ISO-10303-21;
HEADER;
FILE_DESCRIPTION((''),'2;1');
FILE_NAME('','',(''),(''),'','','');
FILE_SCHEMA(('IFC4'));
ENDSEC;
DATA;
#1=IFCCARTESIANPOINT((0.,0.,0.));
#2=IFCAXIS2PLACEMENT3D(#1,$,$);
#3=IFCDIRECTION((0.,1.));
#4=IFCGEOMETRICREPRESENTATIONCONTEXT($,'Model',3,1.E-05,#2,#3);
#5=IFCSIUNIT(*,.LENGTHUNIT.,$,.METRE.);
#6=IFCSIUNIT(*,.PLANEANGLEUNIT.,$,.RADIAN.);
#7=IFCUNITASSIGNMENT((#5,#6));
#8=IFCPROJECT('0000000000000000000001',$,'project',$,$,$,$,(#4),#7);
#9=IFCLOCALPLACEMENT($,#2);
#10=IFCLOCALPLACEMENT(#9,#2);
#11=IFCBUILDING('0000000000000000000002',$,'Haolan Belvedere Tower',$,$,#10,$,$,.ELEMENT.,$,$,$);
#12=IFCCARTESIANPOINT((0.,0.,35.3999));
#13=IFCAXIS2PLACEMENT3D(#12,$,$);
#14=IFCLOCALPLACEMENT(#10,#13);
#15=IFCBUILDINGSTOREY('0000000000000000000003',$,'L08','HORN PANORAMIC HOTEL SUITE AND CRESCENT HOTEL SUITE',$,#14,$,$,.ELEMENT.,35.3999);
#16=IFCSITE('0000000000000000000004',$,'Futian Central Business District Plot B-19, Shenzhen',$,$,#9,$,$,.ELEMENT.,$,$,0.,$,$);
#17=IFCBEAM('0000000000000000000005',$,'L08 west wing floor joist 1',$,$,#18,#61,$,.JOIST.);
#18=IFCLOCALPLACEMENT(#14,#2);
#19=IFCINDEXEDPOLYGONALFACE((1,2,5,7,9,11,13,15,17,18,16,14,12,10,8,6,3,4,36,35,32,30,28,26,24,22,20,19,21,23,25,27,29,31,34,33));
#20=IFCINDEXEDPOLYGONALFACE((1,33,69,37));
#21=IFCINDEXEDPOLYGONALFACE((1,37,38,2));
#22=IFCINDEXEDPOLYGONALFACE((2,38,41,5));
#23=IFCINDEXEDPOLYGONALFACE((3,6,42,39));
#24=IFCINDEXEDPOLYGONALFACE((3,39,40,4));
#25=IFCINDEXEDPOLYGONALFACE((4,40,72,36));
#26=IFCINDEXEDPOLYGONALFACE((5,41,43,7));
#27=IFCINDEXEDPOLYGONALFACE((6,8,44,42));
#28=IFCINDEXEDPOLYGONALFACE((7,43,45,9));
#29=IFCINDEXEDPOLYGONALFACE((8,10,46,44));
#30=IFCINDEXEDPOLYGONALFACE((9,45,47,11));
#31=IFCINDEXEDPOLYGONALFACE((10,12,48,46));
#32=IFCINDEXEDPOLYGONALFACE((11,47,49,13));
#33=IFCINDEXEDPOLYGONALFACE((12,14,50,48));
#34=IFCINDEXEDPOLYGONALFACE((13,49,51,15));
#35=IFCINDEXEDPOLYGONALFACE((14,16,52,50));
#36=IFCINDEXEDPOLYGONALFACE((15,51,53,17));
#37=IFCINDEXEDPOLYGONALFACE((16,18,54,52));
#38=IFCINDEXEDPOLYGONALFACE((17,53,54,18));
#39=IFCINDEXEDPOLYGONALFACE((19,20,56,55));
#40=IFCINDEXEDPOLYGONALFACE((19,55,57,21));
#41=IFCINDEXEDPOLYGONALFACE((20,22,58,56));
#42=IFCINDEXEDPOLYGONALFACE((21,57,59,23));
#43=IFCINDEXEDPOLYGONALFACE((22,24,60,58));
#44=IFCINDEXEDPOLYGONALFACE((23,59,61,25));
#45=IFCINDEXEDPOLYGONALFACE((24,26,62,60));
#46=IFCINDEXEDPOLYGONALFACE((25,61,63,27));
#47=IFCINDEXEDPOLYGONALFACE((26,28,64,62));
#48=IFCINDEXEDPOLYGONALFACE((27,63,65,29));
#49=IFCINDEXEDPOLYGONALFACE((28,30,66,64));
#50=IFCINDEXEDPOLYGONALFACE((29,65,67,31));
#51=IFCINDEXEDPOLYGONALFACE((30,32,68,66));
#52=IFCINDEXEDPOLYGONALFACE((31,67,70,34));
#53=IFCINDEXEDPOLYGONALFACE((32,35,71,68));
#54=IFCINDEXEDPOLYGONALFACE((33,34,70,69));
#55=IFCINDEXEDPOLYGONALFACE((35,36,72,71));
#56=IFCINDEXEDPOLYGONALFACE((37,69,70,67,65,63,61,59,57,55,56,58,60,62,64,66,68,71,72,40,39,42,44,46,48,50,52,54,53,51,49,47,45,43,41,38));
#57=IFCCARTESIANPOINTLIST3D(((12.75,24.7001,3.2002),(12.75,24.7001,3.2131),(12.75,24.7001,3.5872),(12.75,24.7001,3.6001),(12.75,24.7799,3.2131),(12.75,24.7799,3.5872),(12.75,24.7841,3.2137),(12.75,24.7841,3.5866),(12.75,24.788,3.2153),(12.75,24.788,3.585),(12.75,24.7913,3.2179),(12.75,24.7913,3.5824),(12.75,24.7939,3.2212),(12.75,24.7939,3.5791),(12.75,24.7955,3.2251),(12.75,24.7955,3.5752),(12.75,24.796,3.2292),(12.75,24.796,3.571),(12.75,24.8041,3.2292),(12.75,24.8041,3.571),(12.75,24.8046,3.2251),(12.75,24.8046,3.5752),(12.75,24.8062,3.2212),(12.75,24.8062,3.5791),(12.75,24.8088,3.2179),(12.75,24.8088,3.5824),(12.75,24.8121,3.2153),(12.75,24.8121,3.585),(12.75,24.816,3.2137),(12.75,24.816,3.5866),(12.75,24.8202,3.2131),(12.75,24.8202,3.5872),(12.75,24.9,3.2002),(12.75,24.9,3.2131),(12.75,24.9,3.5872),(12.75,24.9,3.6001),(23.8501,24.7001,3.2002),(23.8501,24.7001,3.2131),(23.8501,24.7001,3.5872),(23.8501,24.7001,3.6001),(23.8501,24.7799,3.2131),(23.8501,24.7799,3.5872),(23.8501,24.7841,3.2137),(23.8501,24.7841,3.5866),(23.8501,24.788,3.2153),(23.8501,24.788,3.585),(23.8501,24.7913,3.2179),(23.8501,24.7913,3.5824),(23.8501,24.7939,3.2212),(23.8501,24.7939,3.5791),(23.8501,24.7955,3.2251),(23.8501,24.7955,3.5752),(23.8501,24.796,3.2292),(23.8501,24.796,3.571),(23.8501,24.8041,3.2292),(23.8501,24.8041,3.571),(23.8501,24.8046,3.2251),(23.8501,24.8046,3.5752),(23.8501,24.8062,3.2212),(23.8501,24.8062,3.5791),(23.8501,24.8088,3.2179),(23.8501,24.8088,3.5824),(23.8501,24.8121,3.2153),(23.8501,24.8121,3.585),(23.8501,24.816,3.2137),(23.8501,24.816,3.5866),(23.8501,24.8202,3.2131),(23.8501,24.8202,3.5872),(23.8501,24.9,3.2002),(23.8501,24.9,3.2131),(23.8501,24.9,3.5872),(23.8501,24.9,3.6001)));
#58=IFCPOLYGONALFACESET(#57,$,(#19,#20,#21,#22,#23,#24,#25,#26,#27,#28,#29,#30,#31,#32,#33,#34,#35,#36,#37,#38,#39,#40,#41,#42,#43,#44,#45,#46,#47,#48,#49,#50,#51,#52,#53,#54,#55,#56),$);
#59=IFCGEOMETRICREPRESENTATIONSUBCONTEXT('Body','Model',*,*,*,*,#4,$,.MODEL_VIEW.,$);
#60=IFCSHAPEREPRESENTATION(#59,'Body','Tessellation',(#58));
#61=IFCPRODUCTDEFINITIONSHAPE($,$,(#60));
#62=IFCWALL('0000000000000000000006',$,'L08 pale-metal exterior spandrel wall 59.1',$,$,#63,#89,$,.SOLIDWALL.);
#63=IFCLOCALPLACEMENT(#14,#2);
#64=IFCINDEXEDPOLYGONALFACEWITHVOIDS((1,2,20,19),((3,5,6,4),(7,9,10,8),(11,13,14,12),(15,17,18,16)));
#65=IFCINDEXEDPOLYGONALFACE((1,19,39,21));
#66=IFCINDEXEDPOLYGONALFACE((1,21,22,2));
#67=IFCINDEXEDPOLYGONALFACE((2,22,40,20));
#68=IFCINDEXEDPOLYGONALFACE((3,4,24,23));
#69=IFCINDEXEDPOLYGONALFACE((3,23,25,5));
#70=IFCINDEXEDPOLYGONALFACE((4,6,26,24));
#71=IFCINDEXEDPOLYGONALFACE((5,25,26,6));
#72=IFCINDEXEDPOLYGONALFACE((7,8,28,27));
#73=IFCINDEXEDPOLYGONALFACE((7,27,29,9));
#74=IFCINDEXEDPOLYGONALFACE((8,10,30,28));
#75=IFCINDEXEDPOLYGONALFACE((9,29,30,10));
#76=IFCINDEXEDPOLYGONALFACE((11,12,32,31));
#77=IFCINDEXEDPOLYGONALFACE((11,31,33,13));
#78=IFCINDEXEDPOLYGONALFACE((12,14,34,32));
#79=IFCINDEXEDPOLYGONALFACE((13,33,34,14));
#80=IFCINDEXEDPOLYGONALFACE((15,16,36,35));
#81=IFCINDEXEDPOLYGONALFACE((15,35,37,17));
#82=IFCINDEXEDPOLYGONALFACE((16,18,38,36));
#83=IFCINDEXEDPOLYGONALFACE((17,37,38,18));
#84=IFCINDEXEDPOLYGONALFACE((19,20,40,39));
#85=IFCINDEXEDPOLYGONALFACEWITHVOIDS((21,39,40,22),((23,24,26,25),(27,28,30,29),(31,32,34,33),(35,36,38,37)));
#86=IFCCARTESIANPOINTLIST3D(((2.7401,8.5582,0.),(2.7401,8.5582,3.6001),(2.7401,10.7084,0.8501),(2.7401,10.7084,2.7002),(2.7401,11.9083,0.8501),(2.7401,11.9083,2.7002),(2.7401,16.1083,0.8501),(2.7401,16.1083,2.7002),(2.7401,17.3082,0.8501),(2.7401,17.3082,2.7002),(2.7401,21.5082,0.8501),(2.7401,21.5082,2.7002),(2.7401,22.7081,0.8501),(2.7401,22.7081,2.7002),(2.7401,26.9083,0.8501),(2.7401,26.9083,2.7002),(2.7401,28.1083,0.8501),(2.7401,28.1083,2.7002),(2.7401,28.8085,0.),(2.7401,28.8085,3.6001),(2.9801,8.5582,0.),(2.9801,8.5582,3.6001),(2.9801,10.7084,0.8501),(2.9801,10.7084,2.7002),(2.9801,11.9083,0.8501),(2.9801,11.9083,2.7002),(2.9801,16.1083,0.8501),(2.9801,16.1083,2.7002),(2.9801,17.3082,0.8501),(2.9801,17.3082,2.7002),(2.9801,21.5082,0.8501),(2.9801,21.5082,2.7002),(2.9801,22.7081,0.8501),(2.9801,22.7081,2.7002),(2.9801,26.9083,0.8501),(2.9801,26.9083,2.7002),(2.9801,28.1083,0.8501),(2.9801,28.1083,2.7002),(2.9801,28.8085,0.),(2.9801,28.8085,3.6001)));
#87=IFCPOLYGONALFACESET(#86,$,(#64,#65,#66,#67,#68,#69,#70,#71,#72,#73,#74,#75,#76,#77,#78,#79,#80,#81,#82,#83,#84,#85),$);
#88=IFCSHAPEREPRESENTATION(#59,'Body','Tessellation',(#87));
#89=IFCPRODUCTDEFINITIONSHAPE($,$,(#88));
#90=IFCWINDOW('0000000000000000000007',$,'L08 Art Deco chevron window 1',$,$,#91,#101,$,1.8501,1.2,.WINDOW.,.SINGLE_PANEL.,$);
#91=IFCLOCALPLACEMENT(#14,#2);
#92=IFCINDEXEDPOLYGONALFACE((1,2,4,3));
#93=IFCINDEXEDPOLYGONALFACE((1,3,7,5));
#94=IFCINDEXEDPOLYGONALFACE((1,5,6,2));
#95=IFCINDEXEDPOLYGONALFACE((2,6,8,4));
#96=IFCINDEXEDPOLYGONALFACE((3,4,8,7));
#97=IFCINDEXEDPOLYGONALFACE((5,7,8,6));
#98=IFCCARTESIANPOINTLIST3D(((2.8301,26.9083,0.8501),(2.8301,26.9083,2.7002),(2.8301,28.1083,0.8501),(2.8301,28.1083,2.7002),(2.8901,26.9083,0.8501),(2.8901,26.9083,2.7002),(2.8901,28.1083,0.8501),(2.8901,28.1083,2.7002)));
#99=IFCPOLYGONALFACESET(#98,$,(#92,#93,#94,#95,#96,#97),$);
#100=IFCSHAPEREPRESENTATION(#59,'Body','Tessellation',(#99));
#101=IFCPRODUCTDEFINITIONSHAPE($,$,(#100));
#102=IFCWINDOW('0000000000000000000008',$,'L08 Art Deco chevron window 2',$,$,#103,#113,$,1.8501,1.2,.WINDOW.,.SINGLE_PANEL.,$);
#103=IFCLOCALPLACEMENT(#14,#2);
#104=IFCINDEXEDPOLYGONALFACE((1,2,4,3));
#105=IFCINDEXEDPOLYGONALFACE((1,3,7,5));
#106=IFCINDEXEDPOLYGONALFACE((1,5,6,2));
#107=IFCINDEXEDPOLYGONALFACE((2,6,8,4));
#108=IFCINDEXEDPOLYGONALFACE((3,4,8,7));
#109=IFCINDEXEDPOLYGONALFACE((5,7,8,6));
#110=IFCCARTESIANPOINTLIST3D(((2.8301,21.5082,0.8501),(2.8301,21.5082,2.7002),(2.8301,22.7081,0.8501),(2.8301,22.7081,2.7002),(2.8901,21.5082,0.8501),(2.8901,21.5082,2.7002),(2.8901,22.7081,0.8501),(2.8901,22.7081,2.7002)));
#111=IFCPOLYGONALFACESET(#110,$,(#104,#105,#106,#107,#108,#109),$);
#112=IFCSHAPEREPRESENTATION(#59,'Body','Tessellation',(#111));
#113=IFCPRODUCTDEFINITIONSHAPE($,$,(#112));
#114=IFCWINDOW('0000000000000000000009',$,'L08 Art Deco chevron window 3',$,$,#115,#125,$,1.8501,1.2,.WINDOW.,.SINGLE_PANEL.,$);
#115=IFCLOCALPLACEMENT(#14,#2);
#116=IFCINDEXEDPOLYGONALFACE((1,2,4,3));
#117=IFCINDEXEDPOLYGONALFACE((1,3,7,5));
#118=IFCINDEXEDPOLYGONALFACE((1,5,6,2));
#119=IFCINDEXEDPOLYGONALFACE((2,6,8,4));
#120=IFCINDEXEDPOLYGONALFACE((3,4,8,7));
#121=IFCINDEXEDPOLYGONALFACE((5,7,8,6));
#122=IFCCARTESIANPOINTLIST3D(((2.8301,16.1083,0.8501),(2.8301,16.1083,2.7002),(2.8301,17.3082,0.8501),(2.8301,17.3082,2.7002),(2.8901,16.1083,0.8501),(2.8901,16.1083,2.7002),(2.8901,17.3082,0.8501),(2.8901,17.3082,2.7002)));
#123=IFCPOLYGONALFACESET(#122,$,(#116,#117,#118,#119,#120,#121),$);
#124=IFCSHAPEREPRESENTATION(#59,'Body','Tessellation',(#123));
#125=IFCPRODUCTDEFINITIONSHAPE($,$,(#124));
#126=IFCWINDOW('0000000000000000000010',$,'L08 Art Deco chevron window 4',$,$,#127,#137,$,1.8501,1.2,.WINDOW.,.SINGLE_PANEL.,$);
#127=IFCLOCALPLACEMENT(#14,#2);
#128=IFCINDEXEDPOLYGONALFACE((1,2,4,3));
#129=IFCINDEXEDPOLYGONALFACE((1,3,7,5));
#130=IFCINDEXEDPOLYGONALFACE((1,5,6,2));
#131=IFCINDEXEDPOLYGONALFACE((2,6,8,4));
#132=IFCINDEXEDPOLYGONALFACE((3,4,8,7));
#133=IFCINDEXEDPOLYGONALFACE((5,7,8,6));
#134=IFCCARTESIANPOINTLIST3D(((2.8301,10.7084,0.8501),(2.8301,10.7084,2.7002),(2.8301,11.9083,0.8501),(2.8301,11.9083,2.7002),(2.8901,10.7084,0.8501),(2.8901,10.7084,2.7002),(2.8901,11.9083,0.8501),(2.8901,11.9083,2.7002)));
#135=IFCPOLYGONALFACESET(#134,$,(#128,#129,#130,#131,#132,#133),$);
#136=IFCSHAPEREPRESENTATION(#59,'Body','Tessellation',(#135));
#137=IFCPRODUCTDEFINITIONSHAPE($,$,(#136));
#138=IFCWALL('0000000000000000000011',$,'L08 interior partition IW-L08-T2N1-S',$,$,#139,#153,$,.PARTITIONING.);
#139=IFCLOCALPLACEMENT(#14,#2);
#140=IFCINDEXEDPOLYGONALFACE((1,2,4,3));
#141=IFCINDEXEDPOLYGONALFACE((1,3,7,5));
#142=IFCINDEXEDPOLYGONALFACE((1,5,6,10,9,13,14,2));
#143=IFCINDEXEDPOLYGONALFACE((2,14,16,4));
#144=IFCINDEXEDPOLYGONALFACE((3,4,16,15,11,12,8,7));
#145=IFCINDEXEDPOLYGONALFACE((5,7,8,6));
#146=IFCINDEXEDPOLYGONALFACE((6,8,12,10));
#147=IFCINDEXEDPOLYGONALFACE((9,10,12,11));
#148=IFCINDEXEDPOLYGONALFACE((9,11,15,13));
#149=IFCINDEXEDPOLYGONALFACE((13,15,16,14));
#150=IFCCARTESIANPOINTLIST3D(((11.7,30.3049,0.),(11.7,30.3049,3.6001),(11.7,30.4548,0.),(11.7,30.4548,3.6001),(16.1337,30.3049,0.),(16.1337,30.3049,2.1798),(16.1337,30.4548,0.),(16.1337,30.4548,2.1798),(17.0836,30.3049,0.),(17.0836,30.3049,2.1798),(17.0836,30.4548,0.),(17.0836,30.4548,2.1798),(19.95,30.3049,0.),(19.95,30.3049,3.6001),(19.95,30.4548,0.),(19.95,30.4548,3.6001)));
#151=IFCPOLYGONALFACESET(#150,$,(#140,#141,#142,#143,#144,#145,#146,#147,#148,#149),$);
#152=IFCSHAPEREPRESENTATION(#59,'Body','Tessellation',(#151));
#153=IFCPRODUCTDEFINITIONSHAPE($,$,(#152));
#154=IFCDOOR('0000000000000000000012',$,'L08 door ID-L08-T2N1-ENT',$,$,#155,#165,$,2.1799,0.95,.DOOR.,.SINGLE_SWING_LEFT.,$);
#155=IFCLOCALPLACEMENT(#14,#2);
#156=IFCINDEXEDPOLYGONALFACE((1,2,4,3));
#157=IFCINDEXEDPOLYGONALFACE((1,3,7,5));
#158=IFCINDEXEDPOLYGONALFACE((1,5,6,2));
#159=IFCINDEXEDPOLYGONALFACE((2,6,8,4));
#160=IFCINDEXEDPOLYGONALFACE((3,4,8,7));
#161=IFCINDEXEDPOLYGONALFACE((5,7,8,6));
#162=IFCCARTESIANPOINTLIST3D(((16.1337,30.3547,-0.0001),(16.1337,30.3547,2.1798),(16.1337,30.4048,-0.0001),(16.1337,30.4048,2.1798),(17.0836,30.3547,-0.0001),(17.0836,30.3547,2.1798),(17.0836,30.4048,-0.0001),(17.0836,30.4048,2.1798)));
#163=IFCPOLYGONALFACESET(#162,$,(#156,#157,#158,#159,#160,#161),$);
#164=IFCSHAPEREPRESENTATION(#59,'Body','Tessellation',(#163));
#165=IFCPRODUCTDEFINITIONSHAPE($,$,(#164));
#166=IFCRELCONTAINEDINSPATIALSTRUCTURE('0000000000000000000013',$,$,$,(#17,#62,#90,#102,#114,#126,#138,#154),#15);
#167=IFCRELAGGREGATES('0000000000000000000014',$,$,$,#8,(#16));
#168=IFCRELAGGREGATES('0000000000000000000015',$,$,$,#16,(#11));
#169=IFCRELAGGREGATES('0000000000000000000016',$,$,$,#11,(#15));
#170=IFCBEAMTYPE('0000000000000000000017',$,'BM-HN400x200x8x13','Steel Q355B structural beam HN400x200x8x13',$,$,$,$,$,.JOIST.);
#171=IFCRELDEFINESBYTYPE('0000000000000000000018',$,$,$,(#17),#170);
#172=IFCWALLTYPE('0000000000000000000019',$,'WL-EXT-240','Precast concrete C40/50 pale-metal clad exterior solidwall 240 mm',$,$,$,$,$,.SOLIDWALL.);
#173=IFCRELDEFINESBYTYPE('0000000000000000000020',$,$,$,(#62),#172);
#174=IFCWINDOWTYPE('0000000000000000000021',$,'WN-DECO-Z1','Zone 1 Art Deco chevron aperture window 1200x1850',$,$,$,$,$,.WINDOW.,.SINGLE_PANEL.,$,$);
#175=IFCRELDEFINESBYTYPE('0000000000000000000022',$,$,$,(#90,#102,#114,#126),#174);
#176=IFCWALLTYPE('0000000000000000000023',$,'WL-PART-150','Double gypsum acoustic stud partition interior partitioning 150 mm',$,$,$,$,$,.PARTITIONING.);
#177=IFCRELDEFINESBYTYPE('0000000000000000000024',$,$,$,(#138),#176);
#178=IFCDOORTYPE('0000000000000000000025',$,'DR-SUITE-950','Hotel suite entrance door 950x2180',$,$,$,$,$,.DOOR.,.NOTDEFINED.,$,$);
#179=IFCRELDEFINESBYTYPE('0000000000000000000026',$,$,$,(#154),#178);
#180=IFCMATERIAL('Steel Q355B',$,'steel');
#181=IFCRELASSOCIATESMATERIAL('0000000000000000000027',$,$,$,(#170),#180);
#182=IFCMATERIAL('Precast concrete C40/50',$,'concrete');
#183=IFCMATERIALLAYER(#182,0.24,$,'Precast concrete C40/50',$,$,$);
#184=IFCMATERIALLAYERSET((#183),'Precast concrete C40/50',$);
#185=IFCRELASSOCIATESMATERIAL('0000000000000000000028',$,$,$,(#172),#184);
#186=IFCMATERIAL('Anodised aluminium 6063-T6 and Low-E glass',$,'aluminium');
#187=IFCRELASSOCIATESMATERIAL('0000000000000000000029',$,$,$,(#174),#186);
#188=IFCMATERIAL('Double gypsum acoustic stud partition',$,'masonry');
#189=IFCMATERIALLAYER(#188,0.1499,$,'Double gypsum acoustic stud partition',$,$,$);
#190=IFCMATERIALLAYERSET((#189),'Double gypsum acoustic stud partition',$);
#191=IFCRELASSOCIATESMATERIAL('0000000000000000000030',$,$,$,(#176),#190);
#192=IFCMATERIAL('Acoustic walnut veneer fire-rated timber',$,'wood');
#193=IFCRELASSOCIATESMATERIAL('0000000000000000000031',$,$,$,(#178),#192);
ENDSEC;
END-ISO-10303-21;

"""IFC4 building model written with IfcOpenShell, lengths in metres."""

from ifc_helpers import new_model, si_unit, direction, frame, frame_2d, origin, origin_2d, place, context, subcontext, project, spatial, rectangle, i_section, extrude, material, layer, layer_set, material_profile, profile_set, type_object, element, fill, save


model = new_model("IFC4")

# Units and contexts
model_context = context("Model", 3, precision=1e-05, world=origin(), true_north=direction((0.0, 1.0)))
body_context = subcontext(model_context, "Body", "Model", "MODEL_VIEW")
ifc_project = project(units=[si_unit("LENGTHUNIT", "METRE"), si_unit("PLANEANGLEUNIT", "RADIAN")], contexts=[model_context])

# Site, building, storey
site_placement = place(None, origin())
site = spatial("IfcSite", under=ifc_project, at=site_placement, Name="Futian Central Business District Plot B-19, Shenzhen", CompositionType="ELEMENT", RefElevation=0.0)
building_placement = place(site_placement, origin())
building = spatial("IfcBuilding", under=site, at=building_placement, Name="Haolan Belvedere Tower", CompositionType="ELEMENT")
storey_placement = place(building_placement, frame((0.0, 0.0, 35.3999)))
storey = spatial("IfcBuildingStorey", under=building, at=storey_placement, Name="L08", Description="HORN PANORAMIC HOTEL SUITE AND CRESCENT HOTEL SUITE", CompositionType="ELEMENT", Elevation=35.3999)

# Shared definitions
ifc_material_1 = material(Name="Steel Q355B", Category="steel")

# Beam
ifc_material_profile_1 = material_profile(ifc_material_1, i_section(OverallWidth=0.2, OverallDepth=0.3999, WebThickness=0.0081, FlangeThickness=0.0129, FilletRadius=0.0161, at=origin_2d()), Name="Steel Q355B")
ifc_profile_set_1 = profile_set([ifc_material_profile_1], Name="Steel Q355B")
beam_type_1 = type_object("IfcBeamType", Name="BM-HN400x200x8x13", Description="Steel Q355B structural beam HN400x200x8x13", PredefinedType="JOIST", material=ifc_profile_set_1)
beam_1_placement = place(storey_placement, frame((12.75, 24.8, 3.4001), z_axis=(1.0, 0.0, 0.0), x_axis=(0.0, 1.0, 0.0)))
element("IfcBeam", 1, at=beam_1_placement, inside=storey, type_object=beam_type_1, Name="L08 west wing floor joist 1", PredefinedType="JOIST", context=body_context, shape_type="SweptSolid", body=[
    extrude(i_section(OverallWidth=0.2, OverallDepth=0.3999, WebThickness=0.0081, FlangeThickness=0.0129, FilletRadius=0.0161, at=origin_2d()), origin(), (0.0, 0.0, 1.0), 11.1001),
])

# Wall, openings, windows
ifc_material_2 = material(Name="Precast concrete C40/50", Category="concrete")
ifc_layer_1 = layer(ifc_material_2, 0.24, Name="Precast concrete C40/50")
ifc_layer_set_1 = layer_set([ifc_layer_1], Name="Precast concrete C40/50")
wall_type_1 = type_object("IfcWallType", Name="WL-EXT-240", Description="Precast concrete C40/50 pale-metal clad exterior solidwall 240 mm", PredefinedType="SOLIDWALL", material=ifc_layer_set_1)
wall_1_placement = place(storey_placement, frame((2.8601, 28.8083, 0.0), z_axis=(0.0, 0.0, 1.0), x_axis=(0.0, -1.0, 0.0)))
wall_1 = element("IfcWall", 2, at=wall_1_placement, inside=storey, type_object=wall_type_1, Name="L08 pale-metal exterior spandrel wall 59.1", PredefinedType="SOLIDWALL", context=body_context, shape_type="SweptSolid", body=[
    extrude(rectangle(XDim=20.2502, YDim=0.24, at=frame_2d((10.125, 0.0))), origin(), (0.0, 0.0, 1.0), 3.6001),
])
opening_1_placement = place(wall_1_placement, frame((0.7, 0.0, 0.8501)))
opening_1 = element("IfcOpeningElement", 3, at=opening_1_placement, cuts=wall_1, PredefinedType="OPENING", context=body_context, shape_type="SweptSolid", body=[
    extrude(rectangle(XDim=1.2, YDim=1.8501, at=frame_2d((0.6001, 0.925))), frame((0.0, 0.1299, 0.0), z_axis=(0.0, -1.0, 0.0), x_axis=(1.0, 0.0, 0.0)), (0.0, 0.0, 1.0), 0.26),
])
opening_2_placement = place(wall_1_placement, frame((6.1001, 0.0, 0.8501)))
opening_2 = element("IfcOpeningElement", 4, at=opening_2_placement, cuts=wall_1, PredefinedType="OPENING", context=body_context, shape_type="SweptSolid", body=[
    extrude(rectangle(XDim=1.2, YDim=1.8501, at=frame_2d((0.6001, 0.925))), frame((0.0, 0.1299, 0.0), z_axis=(0.0, -1.0, 0.0), x_axis=(1.0, 0.0, 0.0)), (0.0, 0.0, 1.0), 0.26),
])
opening_3_placement = place(wall_1_placement, frame((11.5, 0.0, 0.8501)))
opening_3 = element("IfcOpeningElement", 5, at=opening_3_placement, cuts=wall_1, PredefinedType="OPENING", context=body_context, shape_type="SweptSolid", body=[
    extrude(rectangle(XDim=1.2, YDim=1.8501, at=frame_2d((0.6001, 0.925))), frame((0.0, 0.1299, 0.0), z_axis=(0.0, -1.0, 0.0), x_axis=(1.0, 0.0, 0.0)), (0.0, 0.0, 1.0), 0.26),
])
opening_4_placement = place(wall_1_placement, frame((16.8999, 0.0, 0.8501)))
opening_4 = element("IfcOpeningElement", 6, at=opening_4_placement, cuts=wall_1, PredefinedType="OPENING", context=body_context, shape_type="SweptSolid", body=[
    extrude(rectangle(XDim=1.2, YDim=1.8501, at=frame_2d((0.6001, 0.925))), frame((0.0, 0.1299, 0.0), z_axis=(0.0, -1.0, 0.0), x_axis=(1.0, 0.0, 0.0)), (0.0, 0.0, 1.0), 0.26),
])
ifc_material_3 = material(Name="Anodised aluminium 6063-T6 and Low-E glass", Category="aluminium")
window_type = type_object("IfcWindowType", Name="WN-DECO-Z1", Description="Zone 1 Art Deco chevron aperture window 1200x1850", PartitioningType="SINGLE_PANEL", PredefinedType="WINDOW", material=ifc_material_3)
window_1_placement = place(opening_1_placement, origin())
window_1 = element("IfcWindow", 7, at=window_1_placement, inside=storey, type_object=window_type, Name="L08 Art Deco chevron window 1", OverallHeight=1.8501, OverallWidth=1.2, PartitioningType="SINGLE_PANEL", PredefinedType="WINDOW", context=body_context, shape_type="SweptSolid", body=[
    extrude(rectangle(XDim=1.2, YDim=1.8501, at=frame_2d((0.6001, 0.925))), frame((0.0, 0.03, 0.0), z_axis=(0.0, -1.0, 0.0), x_axis=(1.0, 0.0, 0.0)), (0.0, 0.0, 1.0), 0.0601),
])
fill(opening_1, window_1)
window_2_placement = place(opening_2_placement, origin())
window_2 = element("IfcWindow", 8, at=window_2_placement, inside=storey, type_object=window_type, Name="L08 Art Deco chevron window 2", OverallHeight=1.8501, OverallWidth=1.2, PartitioningType="SINGLE_PANEL", PredefinedType="WINDOW", context=body_context, shape_type="SweptSolid", body=[
    extrude(rectangle(XDim=1.2, YDim=1.8501, at=frame_2d((0.6001, 0.925))), frame((0.0, 0.03, 0.0), z_axis=(0.0, -1.0, 0.0), x_axis=(1.0, 0.0, 0.0)), (0.0, 0.0, 1.0), 0.0601),
])
fill(opening_2, window_2)
window_3_placement = place(opening_3_placement, origin())
window_3 = element("IfcWindow", 9, at=window_3_placement, inside=storey, type_object=window_type, Name="L08 Art Deco chevron window 3", OverallHeight=1.8501, OverallWidth=1.2, PartitioningType="SINGLE_PANEL", PredefinedType="WINDOW", context=body_context, shape_type="SweptSolid", body=[
    extrude(rectangle(XDim=1.2, YDim=1.8501, at=frame_2d((0.6001, 0.925))), frame((0.0, 0.03, 0.0), z_axis=(0.0, -1.0, 0.0), x_axis=(1.0, 0.0, 0.0)), (0.0, 0.0, 1.0), 0.0601),
])
fill(opening_3, window_3)
window_4_placement = place(opening_4_placement, origin())
window_4 = element("IfcWindow", 10, at=window_4_placement, inside=storey, type_object=window_type, Name="L08 Art Deco chevron window 4", OverallHeight=1.8501, OverallWidth=1.2, PartitioningType="SINGLE_PANEL", PredefinedType="WINDOW", context=body_context, shape_type="SweptSolid", body=[
    extrude(rectangle(XDim=1.2, YDim=1.8501, at=frame_2d((0.6001, 0.925))), frame((0.0, 0.03, 0.0), z_axis=(0.0, -1.0, 0.0), x_axis=(1.0, 0.0, 0.0)), (0.0, 0.0, 1.0), 0.0601),
])
fill(opening_4, window_4)

# Wall, opening, door
ifc_material_4 = material(Name="Double gypsum acoustic stud partition", Category="masonry")
ifc_layer_2 = layer(ifc_material_4, 0.1499, Name="Double gypsum acoustic stud partition")
ifc_layer_set_2 = layer_set([ifc_layer_2], Name="Double gypsum acoustic stud partition")
wall_type_2 = type_object("IfcWallType", Name="WL-PART-150", Description="Double gypsum acoustic stud partition interior partitioning 150 mm", PredefinedType="PARTITIONING", material=ifc_layer_set_2)
wall_2_placement = place(storey_placement, frame((11.7, 30.3799, 0.0), z_axis=(0.0, 0.0, 1.0), x_axis=(1.0, 0.0, 0.0)))
wall_2 = element("IfcWall", 11, at=wall_2_placement, inside=storey, type_object=wall_type_2, Name="L08 interior partition IW-L08-T2N1-S", PredefinedType="PARTITIONING", context=body_context, shape_type="SweptSolid", body=[
    extrude(rectangle(XDim=8.25, YDim=0.1499, at=frame_2d((4.125, 0.0))), origin(), (0.0, 0.0, 1.0), 3.6001),
])
opening_5_placement = place(wall_2_placement, frame((4.4336, 0.0, 0.0)))
opening_5 = element("IfcOpeningElement", 12, at=opening_5_placement, cuts=wall_2, PredefinedType="OPENING", context=body_context, shape_type="SweptSolid", body=[
    extrude(rectangle(XDim=0.95, YDim=2.1799, at=frame_2d((0.4751, 1.0898))), frame((0.0, 0.085, 0.0), z_axis=(0.0, -1.0, 0.0), x_axis=(1.0, 0.0, 0.0)), (0.0, 0.0, 1.0), 0.1699),
])
ifc_material_5 = material(Name="Acoustic walnut veneer fire-rated timber", Category="wood")
door_type_1 = type_object("IfcDoorType", Name="DR-SUITE-950", Description="Hotel suite entrance door 950x2180", OperationType="NOTDEFINED", PredefinedType="DOOR", material=ifc_material_5)
door_1_placement = place(opening_5_placement, origin())
door_1 = element("IfcDoor", 13, at=door_1_placement, inside=storey, type_object=door_type_1, Name="L08 door ID-L08-T2N1-ENT", OperationType="SINGLE_SWING_LEFT", OverallHeight=2.1799, OverallWidth=0.95, PredefinedType="DOOR", context=body_context, shape_type="SweptSolid", body=[
    extrude(rectangle(XDim=0.95, YDim=2.1799, at=frame_2d((0.4751, 1.0898))), frame((0.0, 0.0249, 0.0), z_axis=(0.0, -1.0, 0.0), x_axis=(1.0, 0.0, 0.0)), (0.0, 0.0, 1.0), 0.05),
])
fill(opening_5, door_1)

save(model, "model.ifc")
